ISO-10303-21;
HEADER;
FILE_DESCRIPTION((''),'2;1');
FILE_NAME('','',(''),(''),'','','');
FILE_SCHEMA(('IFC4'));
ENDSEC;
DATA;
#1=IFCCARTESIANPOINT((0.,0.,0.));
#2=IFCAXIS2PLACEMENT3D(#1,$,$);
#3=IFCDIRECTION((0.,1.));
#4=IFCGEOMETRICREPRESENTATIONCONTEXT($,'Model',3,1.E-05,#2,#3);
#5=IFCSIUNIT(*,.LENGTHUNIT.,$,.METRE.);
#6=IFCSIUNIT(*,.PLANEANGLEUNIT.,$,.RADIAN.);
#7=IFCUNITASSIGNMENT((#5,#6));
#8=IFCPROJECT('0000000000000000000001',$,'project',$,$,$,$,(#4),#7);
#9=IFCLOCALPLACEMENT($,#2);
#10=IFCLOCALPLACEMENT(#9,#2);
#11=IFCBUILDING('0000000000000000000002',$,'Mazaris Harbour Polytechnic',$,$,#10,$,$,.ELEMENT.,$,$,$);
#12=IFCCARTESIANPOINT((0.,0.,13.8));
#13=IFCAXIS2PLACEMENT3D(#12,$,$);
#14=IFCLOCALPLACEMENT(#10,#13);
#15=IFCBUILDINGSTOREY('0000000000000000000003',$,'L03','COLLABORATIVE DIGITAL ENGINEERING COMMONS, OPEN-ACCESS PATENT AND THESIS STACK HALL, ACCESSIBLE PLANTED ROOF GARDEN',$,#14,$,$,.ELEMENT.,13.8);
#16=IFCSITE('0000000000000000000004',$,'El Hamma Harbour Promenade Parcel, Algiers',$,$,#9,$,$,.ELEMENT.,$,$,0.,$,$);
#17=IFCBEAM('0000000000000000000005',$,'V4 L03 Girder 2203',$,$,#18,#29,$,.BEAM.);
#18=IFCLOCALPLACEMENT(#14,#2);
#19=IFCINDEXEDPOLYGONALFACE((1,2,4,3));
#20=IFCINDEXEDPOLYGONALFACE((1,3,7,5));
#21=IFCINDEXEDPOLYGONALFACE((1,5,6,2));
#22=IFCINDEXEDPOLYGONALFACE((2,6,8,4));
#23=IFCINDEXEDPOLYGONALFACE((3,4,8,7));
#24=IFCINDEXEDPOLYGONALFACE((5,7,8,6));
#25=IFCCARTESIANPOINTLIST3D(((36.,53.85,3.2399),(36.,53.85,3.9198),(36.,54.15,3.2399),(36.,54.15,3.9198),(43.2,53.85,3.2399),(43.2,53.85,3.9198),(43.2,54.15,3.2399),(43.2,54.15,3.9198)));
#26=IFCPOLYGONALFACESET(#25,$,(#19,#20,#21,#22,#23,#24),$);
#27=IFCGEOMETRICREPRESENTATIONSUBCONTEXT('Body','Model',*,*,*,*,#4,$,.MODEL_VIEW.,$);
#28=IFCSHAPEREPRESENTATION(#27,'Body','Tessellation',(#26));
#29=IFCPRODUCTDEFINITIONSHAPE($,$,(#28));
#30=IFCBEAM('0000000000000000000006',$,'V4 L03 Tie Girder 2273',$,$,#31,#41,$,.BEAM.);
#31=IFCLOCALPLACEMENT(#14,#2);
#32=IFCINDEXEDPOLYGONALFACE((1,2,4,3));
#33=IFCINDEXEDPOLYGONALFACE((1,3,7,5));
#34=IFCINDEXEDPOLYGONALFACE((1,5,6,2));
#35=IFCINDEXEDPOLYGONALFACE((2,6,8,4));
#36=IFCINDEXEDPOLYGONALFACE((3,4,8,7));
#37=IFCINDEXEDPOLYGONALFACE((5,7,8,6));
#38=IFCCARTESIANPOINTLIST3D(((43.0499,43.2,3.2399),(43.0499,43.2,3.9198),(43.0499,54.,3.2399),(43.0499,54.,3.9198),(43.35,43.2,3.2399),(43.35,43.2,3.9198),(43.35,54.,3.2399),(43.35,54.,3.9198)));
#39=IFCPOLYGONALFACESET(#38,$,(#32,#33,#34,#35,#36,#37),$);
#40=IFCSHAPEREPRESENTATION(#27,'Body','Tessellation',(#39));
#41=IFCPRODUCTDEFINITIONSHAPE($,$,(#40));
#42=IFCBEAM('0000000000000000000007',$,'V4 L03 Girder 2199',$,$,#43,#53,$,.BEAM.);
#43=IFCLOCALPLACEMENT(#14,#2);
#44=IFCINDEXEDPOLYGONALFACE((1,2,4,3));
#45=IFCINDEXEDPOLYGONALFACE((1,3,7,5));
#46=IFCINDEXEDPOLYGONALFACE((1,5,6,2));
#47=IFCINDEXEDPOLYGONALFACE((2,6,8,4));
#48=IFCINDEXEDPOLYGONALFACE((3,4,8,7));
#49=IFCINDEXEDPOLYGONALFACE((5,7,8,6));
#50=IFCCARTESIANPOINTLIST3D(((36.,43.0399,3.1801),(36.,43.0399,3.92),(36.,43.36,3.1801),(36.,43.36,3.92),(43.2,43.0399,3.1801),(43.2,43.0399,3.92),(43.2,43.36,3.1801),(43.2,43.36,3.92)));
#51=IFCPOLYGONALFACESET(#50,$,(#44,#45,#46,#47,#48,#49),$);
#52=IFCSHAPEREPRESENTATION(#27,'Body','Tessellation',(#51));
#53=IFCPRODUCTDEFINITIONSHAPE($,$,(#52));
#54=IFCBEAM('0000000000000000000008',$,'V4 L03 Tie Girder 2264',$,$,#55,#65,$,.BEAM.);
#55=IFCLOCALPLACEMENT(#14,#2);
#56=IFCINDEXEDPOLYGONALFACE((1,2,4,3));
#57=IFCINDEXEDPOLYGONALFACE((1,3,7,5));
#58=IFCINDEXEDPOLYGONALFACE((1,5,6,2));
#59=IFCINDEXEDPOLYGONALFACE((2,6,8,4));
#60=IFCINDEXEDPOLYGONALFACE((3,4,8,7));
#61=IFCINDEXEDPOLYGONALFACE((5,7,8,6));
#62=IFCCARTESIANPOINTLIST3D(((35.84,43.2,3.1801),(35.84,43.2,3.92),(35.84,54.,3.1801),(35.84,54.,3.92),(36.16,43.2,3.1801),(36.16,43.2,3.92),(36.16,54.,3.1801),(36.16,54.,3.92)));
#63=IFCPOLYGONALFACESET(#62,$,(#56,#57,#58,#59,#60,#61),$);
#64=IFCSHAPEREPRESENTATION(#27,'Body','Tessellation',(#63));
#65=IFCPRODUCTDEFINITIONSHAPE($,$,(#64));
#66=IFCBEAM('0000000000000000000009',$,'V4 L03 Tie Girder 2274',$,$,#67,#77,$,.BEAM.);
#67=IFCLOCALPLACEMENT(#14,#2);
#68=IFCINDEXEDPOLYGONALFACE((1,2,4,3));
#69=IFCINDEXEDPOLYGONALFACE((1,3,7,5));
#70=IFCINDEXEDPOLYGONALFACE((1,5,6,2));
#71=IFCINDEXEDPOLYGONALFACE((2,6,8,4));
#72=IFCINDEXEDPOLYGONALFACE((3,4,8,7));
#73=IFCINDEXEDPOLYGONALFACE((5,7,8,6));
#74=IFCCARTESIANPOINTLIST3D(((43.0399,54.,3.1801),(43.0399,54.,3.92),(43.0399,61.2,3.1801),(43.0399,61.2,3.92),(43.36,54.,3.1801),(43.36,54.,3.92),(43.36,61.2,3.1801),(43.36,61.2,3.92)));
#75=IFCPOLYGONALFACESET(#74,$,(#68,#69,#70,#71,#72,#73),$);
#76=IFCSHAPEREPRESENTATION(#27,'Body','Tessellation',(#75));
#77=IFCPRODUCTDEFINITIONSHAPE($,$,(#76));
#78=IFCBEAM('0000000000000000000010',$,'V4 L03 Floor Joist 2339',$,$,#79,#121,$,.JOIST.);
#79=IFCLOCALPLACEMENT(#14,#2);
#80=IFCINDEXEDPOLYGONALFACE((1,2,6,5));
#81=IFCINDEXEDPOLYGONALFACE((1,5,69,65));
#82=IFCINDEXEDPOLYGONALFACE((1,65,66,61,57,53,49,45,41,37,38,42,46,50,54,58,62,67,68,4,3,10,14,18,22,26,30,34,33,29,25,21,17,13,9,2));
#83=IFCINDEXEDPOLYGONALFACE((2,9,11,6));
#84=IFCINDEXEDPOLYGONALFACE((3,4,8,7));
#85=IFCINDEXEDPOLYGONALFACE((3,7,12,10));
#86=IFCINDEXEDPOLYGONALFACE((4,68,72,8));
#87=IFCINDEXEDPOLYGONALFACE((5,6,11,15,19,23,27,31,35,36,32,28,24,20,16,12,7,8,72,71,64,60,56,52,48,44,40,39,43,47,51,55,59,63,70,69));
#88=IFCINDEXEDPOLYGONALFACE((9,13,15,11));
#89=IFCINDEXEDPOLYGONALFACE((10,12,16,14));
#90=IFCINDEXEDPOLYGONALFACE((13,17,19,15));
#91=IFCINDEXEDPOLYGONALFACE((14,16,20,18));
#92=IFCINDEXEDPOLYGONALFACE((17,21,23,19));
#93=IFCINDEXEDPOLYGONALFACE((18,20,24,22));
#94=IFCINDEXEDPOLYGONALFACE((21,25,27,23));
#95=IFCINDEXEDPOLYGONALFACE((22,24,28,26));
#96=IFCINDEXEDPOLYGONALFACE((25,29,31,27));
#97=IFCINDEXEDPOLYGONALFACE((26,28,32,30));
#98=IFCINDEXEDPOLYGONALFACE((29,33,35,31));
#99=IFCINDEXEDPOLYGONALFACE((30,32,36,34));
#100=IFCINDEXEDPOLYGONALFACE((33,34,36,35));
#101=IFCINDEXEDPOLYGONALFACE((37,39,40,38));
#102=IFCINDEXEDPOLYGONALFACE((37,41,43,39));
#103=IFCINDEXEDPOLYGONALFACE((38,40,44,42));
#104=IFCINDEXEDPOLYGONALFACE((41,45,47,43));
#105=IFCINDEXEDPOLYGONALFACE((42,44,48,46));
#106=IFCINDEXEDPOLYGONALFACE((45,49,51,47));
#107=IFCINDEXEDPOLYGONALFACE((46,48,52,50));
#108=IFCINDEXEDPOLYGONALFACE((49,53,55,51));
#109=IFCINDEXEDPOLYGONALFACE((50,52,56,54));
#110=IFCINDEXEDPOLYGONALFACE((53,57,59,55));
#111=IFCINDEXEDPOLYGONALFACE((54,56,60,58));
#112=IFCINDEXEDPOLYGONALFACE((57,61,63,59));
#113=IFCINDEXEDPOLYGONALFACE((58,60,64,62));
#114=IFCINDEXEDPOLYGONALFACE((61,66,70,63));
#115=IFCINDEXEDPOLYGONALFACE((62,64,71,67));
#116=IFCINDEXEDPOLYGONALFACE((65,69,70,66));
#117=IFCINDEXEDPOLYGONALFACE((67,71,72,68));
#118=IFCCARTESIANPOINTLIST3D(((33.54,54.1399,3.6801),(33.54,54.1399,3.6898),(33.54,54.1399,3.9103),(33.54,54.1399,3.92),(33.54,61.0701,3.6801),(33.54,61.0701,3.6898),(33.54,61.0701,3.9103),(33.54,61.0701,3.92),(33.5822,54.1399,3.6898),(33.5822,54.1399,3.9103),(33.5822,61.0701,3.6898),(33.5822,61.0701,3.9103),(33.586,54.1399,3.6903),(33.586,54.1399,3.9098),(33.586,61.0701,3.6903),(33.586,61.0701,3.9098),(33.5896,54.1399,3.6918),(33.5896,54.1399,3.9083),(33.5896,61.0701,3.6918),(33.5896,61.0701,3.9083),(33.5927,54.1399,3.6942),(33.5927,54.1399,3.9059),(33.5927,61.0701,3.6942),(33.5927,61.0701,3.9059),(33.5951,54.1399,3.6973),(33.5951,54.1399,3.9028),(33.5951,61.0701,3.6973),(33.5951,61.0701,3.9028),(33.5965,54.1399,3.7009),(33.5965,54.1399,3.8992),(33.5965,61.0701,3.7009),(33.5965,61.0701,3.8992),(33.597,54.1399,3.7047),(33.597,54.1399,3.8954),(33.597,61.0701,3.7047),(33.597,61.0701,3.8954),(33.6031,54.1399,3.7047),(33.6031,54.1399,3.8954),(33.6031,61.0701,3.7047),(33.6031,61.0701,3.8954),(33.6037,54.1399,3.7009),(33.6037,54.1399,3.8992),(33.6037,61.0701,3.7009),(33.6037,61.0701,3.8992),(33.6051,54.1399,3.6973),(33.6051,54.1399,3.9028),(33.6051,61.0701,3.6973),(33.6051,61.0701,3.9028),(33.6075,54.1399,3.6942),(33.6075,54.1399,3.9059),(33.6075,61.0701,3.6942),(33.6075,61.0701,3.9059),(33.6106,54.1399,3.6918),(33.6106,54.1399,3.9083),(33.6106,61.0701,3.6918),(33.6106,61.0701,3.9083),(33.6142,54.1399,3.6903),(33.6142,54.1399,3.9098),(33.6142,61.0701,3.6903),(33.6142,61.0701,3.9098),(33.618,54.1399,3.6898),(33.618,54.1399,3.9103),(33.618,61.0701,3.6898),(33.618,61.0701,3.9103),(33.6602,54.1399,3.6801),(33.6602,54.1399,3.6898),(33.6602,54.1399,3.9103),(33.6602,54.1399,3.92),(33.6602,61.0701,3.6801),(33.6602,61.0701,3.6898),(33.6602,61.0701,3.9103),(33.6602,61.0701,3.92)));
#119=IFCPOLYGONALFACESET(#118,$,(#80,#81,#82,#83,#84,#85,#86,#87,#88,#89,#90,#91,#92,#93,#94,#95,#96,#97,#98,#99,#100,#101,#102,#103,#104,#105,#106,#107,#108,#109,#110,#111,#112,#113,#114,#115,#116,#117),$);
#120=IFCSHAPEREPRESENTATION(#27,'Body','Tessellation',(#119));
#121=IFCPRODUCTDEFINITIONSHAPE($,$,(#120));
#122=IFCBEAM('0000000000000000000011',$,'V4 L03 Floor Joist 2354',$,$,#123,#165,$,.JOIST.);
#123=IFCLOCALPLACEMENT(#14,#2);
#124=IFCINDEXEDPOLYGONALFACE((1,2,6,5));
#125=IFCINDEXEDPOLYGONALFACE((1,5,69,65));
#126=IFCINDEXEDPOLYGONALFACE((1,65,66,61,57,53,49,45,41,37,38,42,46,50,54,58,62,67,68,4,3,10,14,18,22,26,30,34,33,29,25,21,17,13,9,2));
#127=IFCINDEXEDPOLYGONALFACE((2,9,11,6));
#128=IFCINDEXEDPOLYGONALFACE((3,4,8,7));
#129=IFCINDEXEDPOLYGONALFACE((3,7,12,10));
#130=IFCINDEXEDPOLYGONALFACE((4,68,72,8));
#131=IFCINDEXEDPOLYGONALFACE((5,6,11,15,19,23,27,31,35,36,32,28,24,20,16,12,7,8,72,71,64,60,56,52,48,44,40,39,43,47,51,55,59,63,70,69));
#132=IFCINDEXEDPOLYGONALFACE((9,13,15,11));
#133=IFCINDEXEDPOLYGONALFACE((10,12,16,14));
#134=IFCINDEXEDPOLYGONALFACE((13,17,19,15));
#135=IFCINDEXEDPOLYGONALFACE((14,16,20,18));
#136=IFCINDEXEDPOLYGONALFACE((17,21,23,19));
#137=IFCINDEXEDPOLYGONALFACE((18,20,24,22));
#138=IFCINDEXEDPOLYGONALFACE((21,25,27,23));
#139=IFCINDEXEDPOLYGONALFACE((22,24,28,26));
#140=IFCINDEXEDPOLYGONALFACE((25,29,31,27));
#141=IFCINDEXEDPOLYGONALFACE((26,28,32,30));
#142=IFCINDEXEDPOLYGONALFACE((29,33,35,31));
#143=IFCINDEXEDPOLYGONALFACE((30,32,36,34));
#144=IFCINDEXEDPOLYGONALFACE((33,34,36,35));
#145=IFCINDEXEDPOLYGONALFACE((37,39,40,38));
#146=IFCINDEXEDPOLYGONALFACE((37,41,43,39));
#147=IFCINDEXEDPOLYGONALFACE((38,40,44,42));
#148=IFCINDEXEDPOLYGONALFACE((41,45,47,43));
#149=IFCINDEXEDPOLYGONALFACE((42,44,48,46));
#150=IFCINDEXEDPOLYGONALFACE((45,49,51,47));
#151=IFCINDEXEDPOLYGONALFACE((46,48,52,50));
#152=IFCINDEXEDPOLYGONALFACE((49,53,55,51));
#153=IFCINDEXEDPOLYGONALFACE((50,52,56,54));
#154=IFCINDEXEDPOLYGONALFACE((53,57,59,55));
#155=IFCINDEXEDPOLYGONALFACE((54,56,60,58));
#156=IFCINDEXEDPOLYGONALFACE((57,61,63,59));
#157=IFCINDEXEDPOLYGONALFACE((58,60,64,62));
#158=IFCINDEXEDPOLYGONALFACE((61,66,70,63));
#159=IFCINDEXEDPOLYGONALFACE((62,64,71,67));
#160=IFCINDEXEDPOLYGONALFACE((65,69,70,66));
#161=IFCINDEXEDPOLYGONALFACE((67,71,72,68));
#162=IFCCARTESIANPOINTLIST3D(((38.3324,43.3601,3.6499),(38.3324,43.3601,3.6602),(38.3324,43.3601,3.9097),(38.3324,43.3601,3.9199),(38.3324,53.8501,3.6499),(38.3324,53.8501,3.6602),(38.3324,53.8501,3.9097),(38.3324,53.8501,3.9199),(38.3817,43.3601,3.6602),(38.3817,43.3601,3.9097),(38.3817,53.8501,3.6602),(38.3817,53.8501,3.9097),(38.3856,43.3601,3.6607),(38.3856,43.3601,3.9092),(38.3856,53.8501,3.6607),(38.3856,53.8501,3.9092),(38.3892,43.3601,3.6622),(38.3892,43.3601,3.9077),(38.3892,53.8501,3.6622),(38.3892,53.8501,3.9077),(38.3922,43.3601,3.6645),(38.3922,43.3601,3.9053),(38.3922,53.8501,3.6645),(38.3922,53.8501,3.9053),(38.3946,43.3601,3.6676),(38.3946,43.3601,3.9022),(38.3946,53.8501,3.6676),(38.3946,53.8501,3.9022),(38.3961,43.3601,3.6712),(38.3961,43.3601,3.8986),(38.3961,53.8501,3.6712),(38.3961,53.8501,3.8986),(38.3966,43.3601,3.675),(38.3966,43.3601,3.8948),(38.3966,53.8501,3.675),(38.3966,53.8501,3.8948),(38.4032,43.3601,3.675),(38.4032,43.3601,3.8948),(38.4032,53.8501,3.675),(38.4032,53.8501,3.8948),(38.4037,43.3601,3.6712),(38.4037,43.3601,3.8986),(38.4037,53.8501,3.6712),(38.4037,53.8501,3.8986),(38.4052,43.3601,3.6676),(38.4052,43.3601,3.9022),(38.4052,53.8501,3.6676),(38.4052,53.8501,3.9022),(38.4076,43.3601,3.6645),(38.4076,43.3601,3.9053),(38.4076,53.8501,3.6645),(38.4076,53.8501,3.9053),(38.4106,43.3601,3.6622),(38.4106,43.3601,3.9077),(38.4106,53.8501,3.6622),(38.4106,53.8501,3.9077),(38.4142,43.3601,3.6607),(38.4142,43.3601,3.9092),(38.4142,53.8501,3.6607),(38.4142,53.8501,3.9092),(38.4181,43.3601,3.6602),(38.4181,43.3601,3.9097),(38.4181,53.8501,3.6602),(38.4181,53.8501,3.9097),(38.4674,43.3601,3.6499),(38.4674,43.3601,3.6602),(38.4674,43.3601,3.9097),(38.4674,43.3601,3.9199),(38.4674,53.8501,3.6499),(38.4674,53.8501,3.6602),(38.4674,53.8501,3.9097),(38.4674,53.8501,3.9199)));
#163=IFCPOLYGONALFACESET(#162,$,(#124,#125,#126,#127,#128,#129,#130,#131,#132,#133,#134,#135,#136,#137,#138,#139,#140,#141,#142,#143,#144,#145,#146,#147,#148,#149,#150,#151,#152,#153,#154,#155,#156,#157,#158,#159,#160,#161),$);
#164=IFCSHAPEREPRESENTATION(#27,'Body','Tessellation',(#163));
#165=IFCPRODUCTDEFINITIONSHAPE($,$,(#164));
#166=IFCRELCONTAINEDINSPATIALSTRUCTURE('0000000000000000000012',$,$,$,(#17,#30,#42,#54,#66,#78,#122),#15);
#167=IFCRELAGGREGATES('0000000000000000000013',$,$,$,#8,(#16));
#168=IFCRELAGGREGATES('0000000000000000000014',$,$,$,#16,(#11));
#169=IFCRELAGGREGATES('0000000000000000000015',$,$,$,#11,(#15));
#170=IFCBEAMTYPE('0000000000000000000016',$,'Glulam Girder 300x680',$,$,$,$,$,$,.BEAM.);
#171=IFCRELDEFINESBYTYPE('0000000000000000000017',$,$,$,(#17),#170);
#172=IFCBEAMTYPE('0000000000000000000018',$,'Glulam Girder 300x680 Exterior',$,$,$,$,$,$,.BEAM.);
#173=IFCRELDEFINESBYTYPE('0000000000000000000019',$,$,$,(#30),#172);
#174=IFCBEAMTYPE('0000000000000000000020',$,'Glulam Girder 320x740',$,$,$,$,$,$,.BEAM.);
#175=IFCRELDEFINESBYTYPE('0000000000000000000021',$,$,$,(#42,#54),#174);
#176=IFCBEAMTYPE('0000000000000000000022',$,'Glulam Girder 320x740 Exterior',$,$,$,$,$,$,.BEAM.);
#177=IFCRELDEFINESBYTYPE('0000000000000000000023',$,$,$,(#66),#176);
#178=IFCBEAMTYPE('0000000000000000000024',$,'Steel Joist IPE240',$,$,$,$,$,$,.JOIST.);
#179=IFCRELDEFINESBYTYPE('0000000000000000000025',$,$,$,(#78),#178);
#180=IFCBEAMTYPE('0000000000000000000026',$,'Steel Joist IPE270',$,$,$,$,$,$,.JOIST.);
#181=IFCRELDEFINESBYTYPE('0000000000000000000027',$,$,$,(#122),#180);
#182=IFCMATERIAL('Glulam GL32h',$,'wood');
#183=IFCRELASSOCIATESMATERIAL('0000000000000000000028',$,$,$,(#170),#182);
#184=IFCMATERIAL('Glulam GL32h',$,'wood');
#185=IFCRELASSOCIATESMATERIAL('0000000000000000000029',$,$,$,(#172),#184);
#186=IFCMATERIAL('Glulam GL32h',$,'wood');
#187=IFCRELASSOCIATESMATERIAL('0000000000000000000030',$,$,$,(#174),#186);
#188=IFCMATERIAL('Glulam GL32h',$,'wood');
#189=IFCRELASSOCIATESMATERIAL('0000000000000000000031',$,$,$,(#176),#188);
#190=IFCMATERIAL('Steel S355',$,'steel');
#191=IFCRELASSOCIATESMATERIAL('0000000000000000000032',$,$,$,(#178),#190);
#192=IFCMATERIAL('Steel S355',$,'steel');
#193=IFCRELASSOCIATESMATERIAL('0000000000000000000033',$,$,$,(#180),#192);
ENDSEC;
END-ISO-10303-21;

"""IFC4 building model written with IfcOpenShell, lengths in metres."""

from ifc_helpers import new_model, si_unit, direction, frame, origin, origin_2d, place, context, subcontext, project, spatial, rectangle, i_section, extrude, material, material_profile, profile_set, type_object, element, save


model = new_model("IFC4")

# Units and contexts
model_context = context("Model", 3, precision=1e-05, world=origin(), true_north=direction((0.0, 1.0)))
body_context = subcontext(model_context, "Body", "Model", "MODEL_VIEW")
ifc_project = project(units=[si_unit("LENGTHUNIT", "METRE"), si_unit("PLANEANGLEUNIT", "RADIAN")], contexts=[model_context])

# Site, building, storey
site_placement = place(None, origin())
site = spatial("IfcSite", under=ifc_project, at=site_placement, Name="El Hamma Harbour Promenade Parcel, Algiers", CompositionType="ELEMENT", RefElevation=0.0)
building_placement = place(site_placement, origin())
building = spatial("IfcBuilding", under=site, at=building_placement, Name="Mazaris Harbour Polytechnic", CompositionType="ELEMENT")
storey_placement = place(building_placement, frame((0.0, 0.0, 13.8)))
storey = spatial("IfcBuildingStorey", under=building, at=storey_placement, Name="L03", Description="COLLABORATIVE DIGITAL ENGINEERING COMMONS, OPEN-ACCESS PATENT AND THESIS STACK HALL, ACCESSIBLE PLANTED ROOF GARDEN", CompositionType="ELEMENT", Elevation=13.8)

# Beams
ifc_material_1 = material(Name="Glulam GL32h", Category="wood")
ifc_material_profile_1 = material_profile(ifc_material_1, rectangle(XDim=0.3, YDim=0.6799, at=origin_2d()), Name="RECT300x680")
ifc_profile_set_1 = profile_set([ifc_material_profile_1], Name="Glulam GL32h")
beam_type_1 = type_object("IfcBeamType", Name="Glulam Girder 300x680", PredefinedType="BEAM", material=ifc_profile_set_1)
beam_1_placement = place(storey_placement, frame((36.0, 54.0, 3.5798), z_axis=(1.0, 0.0, 0.0), x_axis=(0.0, 1.0, 0.0)))
element("IfcBeam", 1, at=beam_1_placement, inside=storey, type_object=beam_type_1, Name="V4 L03 Girder 2203", PredefinedType="BEAM", context=body_context, shape_type="SweptSolid", body=[
    extrude(rectangle(XDim=0.3, YDim=0.6799, at=origin_2d()), origin(), (0.0, 0.0, 1.0), 7.2),
])
ifc_material_2 = material(Name="Glulam GL32h", Category="wood")
ifc_material_profile_2 = material_profile(ifc_material_2, rectangle(XDim=0.3, YDim=0.6799, at=origin_2d()), Name="RECT300x680")
ifc_profile_set_2 = profile_set([ifc_material_profile_2], Name="Glulam GL32h")
beam_type_2 = type_object("IfcBeamType", Name="Glulam Girder 300x680 Exterior", PredefinedType="BEAM", material=ifc_profile_set_2)
beam_2_placement = place(storey_placement, frame((43.2, 43.2, 3.5798), z_axis=(0.0, 1.0, 0.0), x_axis=(-1.0, 0.0, 0.0)))
element("IfcBeam", 2, at=beam_2_placement, inside=storey, type_object=beam_type_2, Name="V4 L03 Tie Girder 2273", PredefinedType="BEAM", context=body_context, shape_type="SweptSolid", body=[
    extrude(rectangle(XDim=0.3, YDim=0.6799, at=origin_2d()), origin(), (0.0, 0.0, 1.0), 10.8),
])
ifc_material_3 = material(Name="Glulam GL32h", Category="wood")
ifc_material_profile_3 = material_profile(ifc_material_3, rectangle(XDim=0.3201, YDim=0.74, at=origin_2d()), Name="RECT320x740")
ifc_profile_set_3 = profile_set([ifc_material_profile_3], Name="Glulam GL32h")
beam_type_3 = type_object("IfcBeamType", Name="Glulam Girder 320x740", PredefinedType="BEAM", material=ifc_profile_set_3)
beam_3_placement = place(storey_placement, frame((36.0, 43.2, 3.55), z_axis=(1.0, 0.0, 0.0), x_axis=(0.0, 1.0, 0.0)))
element("IfcBeam", 3, at=beam_3_placement, inside=storey, type_object=beam_type_3, Name="V4 L03 Girder 2199", PredefinedType="BEAM", context=body_context, shape_type="SweptSolid", body=[
    extrude(rectangle(XDim=0.3201, YDim=0.74, at=origin_2d()), origin(), (0.0, 0.0, 1.0), 7.2),
])
beam_4_placement = place(storey_placement, frame((36.0, 43.2, 3.55), z_axis=(0.0, 1.0, 0.0), x_axis=(-1.0, 0.0, 0.0)))
element("IfcBeam", 4, at=beam_4_placement, inside=storey, type_object=beam_type_3, Name="V4 L03 Tie Girder 2264", PredefinedType="BEAM", context=body_context, shape_type="SweptSolid", body=[
    extrude(rectangle(XDim=0.3201, YDim=0.74, at=origin_2d()), origin(), (0.0, 0.0, 1.0), 10.8),
])
ifc_material_4 = material(Name="Glulam GL32h", Category="wood")
ifc_material_profile_4 = material_profile(ifc_material_4, rectangle(XDim=0.3201, YDim=0.74, at=origin_2d()), Name="RECT320x740")
ifc_profile_set_4 = profile_set([ifc_material_profile_4], Name="Glulam GL32h")
beam_type_4 = type_object("IfcBeamType", Name="Glulam Girder 320x740 Exterior", PredefinedType="BEAM", material=ifc_profile_set_4)
beam_5_placement = place(storey_placement, frame((43.2, 54.0, 3.55), z_axis=(0.0, 1.0, 0.0), x_axis=(-1.0, 0.0, 0.0)))
element("IfcBeam", 5, at=beam_5_placement, inside=storey, type_object=beam_type_4, Name="V4 L03 Tie Girder 2274", PredefinedType="BEAM", context=body_context, shape_type="SweptSolid", body=[
    extrude(rectangle(XDim=0.3201, YDim=0.74, at=origin_2d()), origin(), (0.0, 0.0, 1.0), 7.2),
])
ifc_material_5 = material(Name="Steel S355", Category="steel")
ifc_material_profile_5 = material_profile(ifc_material_5, i_section(OverallWidth=0.1201, OverallDepth=0.24, WebThickness=0.0061, FlangeThickness=0.0098, FilletRadius=0.0149, at=origin_2d()), Name="IPE 240")
ifc_profile_set_5 = profile_set([ifc_material_profile_5], Name="Steel S355")
beam_type_5 = type_object("IfcBeamType", Name="Steel Joist IPE240", PredefinedType="JOIST", material=ifc_profile_set_5)
beam_6_placement = place(storey_placement, frame((33.6001, 54.1399, 3.8), z_axis=(0.0, 1.0, 0.0), x_axis=(-1.0, 0.0, 0.0)))
element("IfcBeam", 6, at=beam_6_placement, inside=storey, type_object=beam_type_5, Name="V4 L03 Floor Joist 2339", PredefinedType="JOIST", context=body_context, shape_type="SweptSolid", body=[
    extrude(i_section(OverallWidth=0.1201, OverallDepth=0.24, WebThickness=0.0061, FlangeThickness=0.0098, FilletRadius=0.0149, at=origin_2d()), origin(), (0.0, 0.0, 1.0), 6.9302),
])
ifc_material_6 = material(Name="Steel S355", Category="steel")
ifc_material_profile_6 = material_profile(ifc_material_6, i_section(OverallWidth=0.135, OverallDepth=0.27, WebThickness=0.0066, FlangeThickness=0.0103, FilletRadius=0.0149, at=origin_2d()), Name="IPE 270")
ifc_profile_set_6 = profile_set([ifc_material_profile_6], Name="Steel S355")
beam_type_6 = type_object("IfcBeamType", Name="Steel Joist IPE270", PredefinedType="JOIST", material=ifc_profile_set_6)
beam_7_placement = place(storey_placement, frame((38.3999, 43.3601, 3.7849), z_axis=(0.0, 1.0, 0.0), x_axis=(-1.0, 0.0, 0.0)))
element("IfcBeam", 7, at=beam_7_placement, inside=storey, type_object=beam_type_6, Name="V4 L03 Floor Joist 2354", PredefinedType="JOIST", context=body_context, shape_type="SweptSolid", body=[
    extrude(i_section(OverallWidth=0.135, OverallDepth=0.27, WebThickness=0.0066, FlangeThickness=0.0103, FilletRadius=0.0149, at=origin_2d()), origin(), (0.0, 0.0, 1.0), 10.49),
])

save(model, "model.ifc")
